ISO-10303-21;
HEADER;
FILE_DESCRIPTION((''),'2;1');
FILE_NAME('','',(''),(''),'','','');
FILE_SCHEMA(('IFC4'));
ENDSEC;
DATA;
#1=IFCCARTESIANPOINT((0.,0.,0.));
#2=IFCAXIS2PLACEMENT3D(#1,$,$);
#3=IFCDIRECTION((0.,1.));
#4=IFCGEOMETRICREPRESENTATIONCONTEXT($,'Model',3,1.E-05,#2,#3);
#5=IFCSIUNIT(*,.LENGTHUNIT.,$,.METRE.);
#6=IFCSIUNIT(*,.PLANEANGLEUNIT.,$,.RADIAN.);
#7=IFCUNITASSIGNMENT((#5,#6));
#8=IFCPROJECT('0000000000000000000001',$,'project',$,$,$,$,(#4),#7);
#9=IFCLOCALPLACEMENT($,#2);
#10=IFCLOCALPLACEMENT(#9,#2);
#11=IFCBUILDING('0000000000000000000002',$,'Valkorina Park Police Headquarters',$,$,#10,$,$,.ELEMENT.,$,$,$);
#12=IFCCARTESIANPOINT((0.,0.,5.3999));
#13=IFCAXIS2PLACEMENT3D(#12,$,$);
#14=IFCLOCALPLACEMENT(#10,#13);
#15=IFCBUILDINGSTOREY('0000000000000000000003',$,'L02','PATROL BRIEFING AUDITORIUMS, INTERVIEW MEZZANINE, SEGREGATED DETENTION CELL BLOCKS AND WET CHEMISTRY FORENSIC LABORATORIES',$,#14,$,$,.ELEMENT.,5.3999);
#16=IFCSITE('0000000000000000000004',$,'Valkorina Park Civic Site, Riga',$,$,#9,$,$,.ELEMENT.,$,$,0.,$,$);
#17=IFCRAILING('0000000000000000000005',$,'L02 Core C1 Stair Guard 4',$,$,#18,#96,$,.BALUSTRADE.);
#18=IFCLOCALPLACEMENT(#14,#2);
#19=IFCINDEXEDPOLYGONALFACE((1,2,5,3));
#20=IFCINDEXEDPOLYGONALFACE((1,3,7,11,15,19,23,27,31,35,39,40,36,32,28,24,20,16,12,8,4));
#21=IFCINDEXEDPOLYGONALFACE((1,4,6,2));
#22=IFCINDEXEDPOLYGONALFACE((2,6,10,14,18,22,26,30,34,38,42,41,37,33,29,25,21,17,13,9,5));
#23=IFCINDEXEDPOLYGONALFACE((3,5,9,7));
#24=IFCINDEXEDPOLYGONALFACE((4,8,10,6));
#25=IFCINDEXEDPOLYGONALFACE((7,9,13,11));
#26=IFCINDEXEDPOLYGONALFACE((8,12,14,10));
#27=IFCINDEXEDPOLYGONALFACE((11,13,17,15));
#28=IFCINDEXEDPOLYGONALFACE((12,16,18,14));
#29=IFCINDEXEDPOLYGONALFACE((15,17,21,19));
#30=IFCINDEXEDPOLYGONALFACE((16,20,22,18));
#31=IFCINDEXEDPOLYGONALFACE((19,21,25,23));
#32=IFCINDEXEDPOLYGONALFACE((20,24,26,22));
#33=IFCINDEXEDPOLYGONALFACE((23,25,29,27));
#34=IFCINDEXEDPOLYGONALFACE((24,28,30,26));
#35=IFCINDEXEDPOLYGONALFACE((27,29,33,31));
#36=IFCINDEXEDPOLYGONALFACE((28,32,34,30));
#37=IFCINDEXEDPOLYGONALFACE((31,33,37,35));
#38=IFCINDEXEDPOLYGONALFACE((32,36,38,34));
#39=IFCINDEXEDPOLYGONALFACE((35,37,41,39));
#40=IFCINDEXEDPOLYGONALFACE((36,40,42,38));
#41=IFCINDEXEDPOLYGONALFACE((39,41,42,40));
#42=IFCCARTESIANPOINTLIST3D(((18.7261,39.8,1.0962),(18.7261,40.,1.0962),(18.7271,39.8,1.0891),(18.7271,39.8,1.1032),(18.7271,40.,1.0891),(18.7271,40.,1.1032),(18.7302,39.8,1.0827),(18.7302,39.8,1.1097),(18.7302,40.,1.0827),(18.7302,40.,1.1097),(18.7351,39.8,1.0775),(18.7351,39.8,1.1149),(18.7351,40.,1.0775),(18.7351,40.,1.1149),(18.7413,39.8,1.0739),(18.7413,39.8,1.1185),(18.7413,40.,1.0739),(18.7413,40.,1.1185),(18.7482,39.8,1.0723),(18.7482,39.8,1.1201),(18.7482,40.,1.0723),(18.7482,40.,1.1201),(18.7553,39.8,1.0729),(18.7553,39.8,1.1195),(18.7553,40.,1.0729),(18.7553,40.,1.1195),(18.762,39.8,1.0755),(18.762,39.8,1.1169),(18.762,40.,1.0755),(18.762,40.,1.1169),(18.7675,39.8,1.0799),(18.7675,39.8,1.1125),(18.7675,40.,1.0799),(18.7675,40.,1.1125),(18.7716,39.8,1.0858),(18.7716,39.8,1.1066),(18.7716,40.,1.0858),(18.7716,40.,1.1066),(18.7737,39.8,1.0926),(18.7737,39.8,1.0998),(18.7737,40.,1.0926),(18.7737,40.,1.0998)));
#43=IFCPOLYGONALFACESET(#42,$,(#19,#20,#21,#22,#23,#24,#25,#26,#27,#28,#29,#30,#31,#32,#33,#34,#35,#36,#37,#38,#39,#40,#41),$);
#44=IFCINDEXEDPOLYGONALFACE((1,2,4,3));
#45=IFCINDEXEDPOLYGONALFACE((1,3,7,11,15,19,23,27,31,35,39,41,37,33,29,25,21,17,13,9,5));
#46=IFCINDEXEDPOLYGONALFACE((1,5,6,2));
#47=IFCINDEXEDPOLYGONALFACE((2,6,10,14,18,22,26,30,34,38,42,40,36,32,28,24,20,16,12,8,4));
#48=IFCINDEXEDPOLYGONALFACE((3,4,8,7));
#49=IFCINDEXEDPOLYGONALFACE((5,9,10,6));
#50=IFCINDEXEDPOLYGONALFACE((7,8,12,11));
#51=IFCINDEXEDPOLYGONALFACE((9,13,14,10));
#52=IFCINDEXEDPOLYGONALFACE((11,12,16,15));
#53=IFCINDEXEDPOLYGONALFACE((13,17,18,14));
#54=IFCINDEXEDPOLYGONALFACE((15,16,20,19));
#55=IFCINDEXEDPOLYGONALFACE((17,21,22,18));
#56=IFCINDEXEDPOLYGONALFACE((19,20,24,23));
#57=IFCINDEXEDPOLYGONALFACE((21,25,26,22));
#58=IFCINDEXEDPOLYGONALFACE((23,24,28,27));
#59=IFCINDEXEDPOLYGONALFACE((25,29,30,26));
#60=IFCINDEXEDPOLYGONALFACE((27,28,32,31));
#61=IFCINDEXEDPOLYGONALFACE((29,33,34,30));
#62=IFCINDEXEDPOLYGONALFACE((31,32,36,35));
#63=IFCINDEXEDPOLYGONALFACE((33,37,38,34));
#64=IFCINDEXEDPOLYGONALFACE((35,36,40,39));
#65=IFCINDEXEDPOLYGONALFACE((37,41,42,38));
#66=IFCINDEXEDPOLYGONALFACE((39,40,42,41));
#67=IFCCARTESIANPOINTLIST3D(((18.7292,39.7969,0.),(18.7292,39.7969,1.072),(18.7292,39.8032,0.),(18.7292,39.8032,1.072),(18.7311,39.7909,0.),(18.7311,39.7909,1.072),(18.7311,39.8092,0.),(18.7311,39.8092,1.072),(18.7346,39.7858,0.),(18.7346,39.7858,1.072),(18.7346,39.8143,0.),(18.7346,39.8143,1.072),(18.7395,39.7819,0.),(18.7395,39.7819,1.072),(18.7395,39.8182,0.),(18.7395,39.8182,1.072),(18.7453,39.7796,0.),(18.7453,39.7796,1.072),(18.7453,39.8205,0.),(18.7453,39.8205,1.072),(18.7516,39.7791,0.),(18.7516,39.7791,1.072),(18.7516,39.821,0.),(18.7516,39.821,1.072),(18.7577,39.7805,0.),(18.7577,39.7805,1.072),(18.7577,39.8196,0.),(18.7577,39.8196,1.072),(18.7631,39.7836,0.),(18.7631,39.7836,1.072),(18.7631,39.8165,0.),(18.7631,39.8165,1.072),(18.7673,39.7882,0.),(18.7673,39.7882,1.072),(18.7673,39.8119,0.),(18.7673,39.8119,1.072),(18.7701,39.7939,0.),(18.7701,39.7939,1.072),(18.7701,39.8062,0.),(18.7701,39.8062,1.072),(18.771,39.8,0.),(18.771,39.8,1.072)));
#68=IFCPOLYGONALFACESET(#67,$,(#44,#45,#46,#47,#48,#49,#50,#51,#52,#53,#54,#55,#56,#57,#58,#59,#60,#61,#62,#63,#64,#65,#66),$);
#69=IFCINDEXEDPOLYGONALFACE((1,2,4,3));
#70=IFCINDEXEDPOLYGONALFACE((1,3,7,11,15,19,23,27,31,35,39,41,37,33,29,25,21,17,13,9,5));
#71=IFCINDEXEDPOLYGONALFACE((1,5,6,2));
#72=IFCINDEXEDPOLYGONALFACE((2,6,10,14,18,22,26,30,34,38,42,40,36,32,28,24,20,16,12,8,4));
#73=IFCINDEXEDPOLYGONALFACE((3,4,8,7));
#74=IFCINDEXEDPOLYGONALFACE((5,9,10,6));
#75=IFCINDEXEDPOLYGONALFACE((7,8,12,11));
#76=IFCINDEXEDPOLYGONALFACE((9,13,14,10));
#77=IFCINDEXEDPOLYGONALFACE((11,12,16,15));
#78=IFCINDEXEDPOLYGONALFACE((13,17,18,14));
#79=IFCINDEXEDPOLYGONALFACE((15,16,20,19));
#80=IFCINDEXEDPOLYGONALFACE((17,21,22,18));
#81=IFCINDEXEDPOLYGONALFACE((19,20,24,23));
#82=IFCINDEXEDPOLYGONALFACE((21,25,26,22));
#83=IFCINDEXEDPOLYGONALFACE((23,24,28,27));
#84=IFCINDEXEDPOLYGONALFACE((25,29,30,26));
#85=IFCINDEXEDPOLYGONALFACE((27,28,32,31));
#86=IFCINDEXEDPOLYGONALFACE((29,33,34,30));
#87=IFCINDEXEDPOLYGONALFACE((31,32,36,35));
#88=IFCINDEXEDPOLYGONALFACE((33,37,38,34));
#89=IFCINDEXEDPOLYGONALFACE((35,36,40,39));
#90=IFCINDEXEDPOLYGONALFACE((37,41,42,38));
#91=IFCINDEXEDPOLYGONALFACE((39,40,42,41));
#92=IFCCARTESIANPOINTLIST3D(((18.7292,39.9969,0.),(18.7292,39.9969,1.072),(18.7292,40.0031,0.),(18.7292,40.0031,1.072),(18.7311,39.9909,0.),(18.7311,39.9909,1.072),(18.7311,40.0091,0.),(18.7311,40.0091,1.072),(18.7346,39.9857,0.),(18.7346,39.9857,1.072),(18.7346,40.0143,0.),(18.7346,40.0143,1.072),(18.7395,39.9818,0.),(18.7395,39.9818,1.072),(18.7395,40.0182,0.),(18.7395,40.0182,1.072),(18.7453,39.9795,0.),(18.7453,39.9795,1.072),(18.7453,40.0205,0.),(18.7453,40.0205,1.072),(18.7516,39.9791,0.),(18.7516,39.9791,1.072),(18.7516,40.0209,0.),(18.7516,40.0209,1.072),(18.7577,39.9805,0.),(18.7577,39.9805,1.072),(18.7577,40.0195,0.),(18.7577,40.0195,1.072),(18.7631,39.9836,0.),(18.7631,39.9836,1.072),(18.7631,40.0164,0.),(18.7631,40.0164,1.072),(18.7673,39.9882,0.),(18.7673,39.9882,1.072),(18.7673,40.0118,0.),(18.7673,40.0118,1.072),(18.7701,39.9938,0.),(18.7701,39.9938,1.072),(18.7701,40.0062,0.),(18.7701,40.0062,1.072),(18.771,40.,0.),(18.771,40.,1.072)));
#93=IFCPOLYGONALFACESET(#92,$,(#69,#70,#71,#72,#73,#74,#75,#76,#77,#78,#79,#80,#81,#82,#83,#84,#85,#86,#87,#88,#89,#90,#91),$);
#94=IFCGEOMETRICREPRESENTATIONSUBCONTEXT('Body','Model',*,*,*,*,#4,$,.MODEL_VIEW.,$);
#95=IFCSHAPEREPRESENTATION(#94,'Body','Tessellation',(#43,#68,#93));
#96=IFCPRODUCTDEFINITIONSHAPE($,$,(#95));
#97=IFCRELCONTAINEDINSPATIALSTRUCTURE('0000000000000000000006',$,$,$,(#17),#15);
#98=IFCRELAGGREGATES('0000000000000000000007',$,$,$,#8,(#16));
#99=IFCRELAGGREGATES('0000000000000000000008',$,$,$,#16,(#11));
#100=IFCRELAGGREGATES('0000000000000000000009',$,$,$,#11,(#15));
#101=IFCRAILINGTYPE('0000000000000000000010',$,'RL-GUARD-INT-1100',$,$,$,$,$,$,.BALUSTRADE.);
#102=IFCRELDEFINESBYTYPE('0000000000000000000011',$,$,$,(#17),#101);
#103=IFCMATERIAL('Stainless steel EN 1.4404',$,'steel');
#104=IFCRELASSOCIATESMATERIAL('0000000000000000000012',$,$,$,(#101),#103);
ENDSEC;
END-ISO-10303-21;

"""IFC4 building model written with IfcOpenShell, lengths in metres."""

from ifc_helpers import new_model, si_unit, direction, frame, origin, origin_2d, place, context, subcontext, project, spatial, circle, extrude, material, type_object, element, save


model = new_model("IFC4")

# Units and contexts
model_context = context("Model", 3, precision=1e-05, world=origin(), true_north=direction((0.0, 1.0)))
body_context = subcontext(model_context, "Body", "Model", "MODEL_VIEW")
ifc_project = project(units=[si_unit("LENGTHUNIT", "METRE"), si_unit("PLANEANGLEUNIT", "RADIAN")], contexts=[model_context])

# Site, building, storey
site_placement = place(None, origin())
site = spatial("IfcSite", under=ifc_project, at=site_placement, Name="Valkorina Park Civic Site, Riga", CompositionType="ELEMENT", RefElevation=0.0)
building_placement = place(site_placement, origin())
building = spatial("IfcBuilding", under=site, at=building_placement, Name="Valkorina Park Police Headquarters", CompositionType="ELEMENT")
storey_placement = place(building_placement, frame((0.0, 0.0, 5.3999)))
storey = spatial("IfcBuildingStorey", under=building, at=storey_placement, Name="L02", Description="PATROL BRIEFING AUDITORIUMS, INTERVIEW MEZZANINE, SEGREGATED DETENTION CELL BLOCKS AND WET CHEMISTRY FORENSIC LABORATORIES", CompositionType="ELEMENT", Elevation=5.3999)

# Railing
ifc_material_1 = material(Name="Stainless steel EN 1.4404", Category="steel")
railing_type_1 = type_object("IfcRailingType", Name="RL-GUARD-INT-1100", PredefinedType="BALUSTRADE", material=ifc_material_1)
railing_1_placement = place(storey_placement, frame((18.75, 39.8, 0.0)))
element("IfcRailing", 1, at=railing_1_placement, inside=storey, type_object=railing_type_1, Name="L02 Core C1 Stair Guard 4", PredefinedType="BALUSTRADE", context=body_context, shape_type="SweptSolid", body=[
    extrude(circle(Radius=0.0239, at=origin_2d()), frame((0.0, 0.0, 1.0962), z_axis=(0.0, 1.0, 0.0), x_axis=(-1.0, 0.0, 0.0)), (0.0, 0.0, 1.0), 0.2),
    extrude(circle(Radius=0.021, at=origin_2d()), origin(), (0.0, 0.0, 1.0), 1.072),
    extrude(circle(Radius=0.021, at=origin_2d()), frame((0.0, 0.2, 0.0)), (0.0, 0.0, 1.0), 1.072),
])

save(model, "model.ifc")
